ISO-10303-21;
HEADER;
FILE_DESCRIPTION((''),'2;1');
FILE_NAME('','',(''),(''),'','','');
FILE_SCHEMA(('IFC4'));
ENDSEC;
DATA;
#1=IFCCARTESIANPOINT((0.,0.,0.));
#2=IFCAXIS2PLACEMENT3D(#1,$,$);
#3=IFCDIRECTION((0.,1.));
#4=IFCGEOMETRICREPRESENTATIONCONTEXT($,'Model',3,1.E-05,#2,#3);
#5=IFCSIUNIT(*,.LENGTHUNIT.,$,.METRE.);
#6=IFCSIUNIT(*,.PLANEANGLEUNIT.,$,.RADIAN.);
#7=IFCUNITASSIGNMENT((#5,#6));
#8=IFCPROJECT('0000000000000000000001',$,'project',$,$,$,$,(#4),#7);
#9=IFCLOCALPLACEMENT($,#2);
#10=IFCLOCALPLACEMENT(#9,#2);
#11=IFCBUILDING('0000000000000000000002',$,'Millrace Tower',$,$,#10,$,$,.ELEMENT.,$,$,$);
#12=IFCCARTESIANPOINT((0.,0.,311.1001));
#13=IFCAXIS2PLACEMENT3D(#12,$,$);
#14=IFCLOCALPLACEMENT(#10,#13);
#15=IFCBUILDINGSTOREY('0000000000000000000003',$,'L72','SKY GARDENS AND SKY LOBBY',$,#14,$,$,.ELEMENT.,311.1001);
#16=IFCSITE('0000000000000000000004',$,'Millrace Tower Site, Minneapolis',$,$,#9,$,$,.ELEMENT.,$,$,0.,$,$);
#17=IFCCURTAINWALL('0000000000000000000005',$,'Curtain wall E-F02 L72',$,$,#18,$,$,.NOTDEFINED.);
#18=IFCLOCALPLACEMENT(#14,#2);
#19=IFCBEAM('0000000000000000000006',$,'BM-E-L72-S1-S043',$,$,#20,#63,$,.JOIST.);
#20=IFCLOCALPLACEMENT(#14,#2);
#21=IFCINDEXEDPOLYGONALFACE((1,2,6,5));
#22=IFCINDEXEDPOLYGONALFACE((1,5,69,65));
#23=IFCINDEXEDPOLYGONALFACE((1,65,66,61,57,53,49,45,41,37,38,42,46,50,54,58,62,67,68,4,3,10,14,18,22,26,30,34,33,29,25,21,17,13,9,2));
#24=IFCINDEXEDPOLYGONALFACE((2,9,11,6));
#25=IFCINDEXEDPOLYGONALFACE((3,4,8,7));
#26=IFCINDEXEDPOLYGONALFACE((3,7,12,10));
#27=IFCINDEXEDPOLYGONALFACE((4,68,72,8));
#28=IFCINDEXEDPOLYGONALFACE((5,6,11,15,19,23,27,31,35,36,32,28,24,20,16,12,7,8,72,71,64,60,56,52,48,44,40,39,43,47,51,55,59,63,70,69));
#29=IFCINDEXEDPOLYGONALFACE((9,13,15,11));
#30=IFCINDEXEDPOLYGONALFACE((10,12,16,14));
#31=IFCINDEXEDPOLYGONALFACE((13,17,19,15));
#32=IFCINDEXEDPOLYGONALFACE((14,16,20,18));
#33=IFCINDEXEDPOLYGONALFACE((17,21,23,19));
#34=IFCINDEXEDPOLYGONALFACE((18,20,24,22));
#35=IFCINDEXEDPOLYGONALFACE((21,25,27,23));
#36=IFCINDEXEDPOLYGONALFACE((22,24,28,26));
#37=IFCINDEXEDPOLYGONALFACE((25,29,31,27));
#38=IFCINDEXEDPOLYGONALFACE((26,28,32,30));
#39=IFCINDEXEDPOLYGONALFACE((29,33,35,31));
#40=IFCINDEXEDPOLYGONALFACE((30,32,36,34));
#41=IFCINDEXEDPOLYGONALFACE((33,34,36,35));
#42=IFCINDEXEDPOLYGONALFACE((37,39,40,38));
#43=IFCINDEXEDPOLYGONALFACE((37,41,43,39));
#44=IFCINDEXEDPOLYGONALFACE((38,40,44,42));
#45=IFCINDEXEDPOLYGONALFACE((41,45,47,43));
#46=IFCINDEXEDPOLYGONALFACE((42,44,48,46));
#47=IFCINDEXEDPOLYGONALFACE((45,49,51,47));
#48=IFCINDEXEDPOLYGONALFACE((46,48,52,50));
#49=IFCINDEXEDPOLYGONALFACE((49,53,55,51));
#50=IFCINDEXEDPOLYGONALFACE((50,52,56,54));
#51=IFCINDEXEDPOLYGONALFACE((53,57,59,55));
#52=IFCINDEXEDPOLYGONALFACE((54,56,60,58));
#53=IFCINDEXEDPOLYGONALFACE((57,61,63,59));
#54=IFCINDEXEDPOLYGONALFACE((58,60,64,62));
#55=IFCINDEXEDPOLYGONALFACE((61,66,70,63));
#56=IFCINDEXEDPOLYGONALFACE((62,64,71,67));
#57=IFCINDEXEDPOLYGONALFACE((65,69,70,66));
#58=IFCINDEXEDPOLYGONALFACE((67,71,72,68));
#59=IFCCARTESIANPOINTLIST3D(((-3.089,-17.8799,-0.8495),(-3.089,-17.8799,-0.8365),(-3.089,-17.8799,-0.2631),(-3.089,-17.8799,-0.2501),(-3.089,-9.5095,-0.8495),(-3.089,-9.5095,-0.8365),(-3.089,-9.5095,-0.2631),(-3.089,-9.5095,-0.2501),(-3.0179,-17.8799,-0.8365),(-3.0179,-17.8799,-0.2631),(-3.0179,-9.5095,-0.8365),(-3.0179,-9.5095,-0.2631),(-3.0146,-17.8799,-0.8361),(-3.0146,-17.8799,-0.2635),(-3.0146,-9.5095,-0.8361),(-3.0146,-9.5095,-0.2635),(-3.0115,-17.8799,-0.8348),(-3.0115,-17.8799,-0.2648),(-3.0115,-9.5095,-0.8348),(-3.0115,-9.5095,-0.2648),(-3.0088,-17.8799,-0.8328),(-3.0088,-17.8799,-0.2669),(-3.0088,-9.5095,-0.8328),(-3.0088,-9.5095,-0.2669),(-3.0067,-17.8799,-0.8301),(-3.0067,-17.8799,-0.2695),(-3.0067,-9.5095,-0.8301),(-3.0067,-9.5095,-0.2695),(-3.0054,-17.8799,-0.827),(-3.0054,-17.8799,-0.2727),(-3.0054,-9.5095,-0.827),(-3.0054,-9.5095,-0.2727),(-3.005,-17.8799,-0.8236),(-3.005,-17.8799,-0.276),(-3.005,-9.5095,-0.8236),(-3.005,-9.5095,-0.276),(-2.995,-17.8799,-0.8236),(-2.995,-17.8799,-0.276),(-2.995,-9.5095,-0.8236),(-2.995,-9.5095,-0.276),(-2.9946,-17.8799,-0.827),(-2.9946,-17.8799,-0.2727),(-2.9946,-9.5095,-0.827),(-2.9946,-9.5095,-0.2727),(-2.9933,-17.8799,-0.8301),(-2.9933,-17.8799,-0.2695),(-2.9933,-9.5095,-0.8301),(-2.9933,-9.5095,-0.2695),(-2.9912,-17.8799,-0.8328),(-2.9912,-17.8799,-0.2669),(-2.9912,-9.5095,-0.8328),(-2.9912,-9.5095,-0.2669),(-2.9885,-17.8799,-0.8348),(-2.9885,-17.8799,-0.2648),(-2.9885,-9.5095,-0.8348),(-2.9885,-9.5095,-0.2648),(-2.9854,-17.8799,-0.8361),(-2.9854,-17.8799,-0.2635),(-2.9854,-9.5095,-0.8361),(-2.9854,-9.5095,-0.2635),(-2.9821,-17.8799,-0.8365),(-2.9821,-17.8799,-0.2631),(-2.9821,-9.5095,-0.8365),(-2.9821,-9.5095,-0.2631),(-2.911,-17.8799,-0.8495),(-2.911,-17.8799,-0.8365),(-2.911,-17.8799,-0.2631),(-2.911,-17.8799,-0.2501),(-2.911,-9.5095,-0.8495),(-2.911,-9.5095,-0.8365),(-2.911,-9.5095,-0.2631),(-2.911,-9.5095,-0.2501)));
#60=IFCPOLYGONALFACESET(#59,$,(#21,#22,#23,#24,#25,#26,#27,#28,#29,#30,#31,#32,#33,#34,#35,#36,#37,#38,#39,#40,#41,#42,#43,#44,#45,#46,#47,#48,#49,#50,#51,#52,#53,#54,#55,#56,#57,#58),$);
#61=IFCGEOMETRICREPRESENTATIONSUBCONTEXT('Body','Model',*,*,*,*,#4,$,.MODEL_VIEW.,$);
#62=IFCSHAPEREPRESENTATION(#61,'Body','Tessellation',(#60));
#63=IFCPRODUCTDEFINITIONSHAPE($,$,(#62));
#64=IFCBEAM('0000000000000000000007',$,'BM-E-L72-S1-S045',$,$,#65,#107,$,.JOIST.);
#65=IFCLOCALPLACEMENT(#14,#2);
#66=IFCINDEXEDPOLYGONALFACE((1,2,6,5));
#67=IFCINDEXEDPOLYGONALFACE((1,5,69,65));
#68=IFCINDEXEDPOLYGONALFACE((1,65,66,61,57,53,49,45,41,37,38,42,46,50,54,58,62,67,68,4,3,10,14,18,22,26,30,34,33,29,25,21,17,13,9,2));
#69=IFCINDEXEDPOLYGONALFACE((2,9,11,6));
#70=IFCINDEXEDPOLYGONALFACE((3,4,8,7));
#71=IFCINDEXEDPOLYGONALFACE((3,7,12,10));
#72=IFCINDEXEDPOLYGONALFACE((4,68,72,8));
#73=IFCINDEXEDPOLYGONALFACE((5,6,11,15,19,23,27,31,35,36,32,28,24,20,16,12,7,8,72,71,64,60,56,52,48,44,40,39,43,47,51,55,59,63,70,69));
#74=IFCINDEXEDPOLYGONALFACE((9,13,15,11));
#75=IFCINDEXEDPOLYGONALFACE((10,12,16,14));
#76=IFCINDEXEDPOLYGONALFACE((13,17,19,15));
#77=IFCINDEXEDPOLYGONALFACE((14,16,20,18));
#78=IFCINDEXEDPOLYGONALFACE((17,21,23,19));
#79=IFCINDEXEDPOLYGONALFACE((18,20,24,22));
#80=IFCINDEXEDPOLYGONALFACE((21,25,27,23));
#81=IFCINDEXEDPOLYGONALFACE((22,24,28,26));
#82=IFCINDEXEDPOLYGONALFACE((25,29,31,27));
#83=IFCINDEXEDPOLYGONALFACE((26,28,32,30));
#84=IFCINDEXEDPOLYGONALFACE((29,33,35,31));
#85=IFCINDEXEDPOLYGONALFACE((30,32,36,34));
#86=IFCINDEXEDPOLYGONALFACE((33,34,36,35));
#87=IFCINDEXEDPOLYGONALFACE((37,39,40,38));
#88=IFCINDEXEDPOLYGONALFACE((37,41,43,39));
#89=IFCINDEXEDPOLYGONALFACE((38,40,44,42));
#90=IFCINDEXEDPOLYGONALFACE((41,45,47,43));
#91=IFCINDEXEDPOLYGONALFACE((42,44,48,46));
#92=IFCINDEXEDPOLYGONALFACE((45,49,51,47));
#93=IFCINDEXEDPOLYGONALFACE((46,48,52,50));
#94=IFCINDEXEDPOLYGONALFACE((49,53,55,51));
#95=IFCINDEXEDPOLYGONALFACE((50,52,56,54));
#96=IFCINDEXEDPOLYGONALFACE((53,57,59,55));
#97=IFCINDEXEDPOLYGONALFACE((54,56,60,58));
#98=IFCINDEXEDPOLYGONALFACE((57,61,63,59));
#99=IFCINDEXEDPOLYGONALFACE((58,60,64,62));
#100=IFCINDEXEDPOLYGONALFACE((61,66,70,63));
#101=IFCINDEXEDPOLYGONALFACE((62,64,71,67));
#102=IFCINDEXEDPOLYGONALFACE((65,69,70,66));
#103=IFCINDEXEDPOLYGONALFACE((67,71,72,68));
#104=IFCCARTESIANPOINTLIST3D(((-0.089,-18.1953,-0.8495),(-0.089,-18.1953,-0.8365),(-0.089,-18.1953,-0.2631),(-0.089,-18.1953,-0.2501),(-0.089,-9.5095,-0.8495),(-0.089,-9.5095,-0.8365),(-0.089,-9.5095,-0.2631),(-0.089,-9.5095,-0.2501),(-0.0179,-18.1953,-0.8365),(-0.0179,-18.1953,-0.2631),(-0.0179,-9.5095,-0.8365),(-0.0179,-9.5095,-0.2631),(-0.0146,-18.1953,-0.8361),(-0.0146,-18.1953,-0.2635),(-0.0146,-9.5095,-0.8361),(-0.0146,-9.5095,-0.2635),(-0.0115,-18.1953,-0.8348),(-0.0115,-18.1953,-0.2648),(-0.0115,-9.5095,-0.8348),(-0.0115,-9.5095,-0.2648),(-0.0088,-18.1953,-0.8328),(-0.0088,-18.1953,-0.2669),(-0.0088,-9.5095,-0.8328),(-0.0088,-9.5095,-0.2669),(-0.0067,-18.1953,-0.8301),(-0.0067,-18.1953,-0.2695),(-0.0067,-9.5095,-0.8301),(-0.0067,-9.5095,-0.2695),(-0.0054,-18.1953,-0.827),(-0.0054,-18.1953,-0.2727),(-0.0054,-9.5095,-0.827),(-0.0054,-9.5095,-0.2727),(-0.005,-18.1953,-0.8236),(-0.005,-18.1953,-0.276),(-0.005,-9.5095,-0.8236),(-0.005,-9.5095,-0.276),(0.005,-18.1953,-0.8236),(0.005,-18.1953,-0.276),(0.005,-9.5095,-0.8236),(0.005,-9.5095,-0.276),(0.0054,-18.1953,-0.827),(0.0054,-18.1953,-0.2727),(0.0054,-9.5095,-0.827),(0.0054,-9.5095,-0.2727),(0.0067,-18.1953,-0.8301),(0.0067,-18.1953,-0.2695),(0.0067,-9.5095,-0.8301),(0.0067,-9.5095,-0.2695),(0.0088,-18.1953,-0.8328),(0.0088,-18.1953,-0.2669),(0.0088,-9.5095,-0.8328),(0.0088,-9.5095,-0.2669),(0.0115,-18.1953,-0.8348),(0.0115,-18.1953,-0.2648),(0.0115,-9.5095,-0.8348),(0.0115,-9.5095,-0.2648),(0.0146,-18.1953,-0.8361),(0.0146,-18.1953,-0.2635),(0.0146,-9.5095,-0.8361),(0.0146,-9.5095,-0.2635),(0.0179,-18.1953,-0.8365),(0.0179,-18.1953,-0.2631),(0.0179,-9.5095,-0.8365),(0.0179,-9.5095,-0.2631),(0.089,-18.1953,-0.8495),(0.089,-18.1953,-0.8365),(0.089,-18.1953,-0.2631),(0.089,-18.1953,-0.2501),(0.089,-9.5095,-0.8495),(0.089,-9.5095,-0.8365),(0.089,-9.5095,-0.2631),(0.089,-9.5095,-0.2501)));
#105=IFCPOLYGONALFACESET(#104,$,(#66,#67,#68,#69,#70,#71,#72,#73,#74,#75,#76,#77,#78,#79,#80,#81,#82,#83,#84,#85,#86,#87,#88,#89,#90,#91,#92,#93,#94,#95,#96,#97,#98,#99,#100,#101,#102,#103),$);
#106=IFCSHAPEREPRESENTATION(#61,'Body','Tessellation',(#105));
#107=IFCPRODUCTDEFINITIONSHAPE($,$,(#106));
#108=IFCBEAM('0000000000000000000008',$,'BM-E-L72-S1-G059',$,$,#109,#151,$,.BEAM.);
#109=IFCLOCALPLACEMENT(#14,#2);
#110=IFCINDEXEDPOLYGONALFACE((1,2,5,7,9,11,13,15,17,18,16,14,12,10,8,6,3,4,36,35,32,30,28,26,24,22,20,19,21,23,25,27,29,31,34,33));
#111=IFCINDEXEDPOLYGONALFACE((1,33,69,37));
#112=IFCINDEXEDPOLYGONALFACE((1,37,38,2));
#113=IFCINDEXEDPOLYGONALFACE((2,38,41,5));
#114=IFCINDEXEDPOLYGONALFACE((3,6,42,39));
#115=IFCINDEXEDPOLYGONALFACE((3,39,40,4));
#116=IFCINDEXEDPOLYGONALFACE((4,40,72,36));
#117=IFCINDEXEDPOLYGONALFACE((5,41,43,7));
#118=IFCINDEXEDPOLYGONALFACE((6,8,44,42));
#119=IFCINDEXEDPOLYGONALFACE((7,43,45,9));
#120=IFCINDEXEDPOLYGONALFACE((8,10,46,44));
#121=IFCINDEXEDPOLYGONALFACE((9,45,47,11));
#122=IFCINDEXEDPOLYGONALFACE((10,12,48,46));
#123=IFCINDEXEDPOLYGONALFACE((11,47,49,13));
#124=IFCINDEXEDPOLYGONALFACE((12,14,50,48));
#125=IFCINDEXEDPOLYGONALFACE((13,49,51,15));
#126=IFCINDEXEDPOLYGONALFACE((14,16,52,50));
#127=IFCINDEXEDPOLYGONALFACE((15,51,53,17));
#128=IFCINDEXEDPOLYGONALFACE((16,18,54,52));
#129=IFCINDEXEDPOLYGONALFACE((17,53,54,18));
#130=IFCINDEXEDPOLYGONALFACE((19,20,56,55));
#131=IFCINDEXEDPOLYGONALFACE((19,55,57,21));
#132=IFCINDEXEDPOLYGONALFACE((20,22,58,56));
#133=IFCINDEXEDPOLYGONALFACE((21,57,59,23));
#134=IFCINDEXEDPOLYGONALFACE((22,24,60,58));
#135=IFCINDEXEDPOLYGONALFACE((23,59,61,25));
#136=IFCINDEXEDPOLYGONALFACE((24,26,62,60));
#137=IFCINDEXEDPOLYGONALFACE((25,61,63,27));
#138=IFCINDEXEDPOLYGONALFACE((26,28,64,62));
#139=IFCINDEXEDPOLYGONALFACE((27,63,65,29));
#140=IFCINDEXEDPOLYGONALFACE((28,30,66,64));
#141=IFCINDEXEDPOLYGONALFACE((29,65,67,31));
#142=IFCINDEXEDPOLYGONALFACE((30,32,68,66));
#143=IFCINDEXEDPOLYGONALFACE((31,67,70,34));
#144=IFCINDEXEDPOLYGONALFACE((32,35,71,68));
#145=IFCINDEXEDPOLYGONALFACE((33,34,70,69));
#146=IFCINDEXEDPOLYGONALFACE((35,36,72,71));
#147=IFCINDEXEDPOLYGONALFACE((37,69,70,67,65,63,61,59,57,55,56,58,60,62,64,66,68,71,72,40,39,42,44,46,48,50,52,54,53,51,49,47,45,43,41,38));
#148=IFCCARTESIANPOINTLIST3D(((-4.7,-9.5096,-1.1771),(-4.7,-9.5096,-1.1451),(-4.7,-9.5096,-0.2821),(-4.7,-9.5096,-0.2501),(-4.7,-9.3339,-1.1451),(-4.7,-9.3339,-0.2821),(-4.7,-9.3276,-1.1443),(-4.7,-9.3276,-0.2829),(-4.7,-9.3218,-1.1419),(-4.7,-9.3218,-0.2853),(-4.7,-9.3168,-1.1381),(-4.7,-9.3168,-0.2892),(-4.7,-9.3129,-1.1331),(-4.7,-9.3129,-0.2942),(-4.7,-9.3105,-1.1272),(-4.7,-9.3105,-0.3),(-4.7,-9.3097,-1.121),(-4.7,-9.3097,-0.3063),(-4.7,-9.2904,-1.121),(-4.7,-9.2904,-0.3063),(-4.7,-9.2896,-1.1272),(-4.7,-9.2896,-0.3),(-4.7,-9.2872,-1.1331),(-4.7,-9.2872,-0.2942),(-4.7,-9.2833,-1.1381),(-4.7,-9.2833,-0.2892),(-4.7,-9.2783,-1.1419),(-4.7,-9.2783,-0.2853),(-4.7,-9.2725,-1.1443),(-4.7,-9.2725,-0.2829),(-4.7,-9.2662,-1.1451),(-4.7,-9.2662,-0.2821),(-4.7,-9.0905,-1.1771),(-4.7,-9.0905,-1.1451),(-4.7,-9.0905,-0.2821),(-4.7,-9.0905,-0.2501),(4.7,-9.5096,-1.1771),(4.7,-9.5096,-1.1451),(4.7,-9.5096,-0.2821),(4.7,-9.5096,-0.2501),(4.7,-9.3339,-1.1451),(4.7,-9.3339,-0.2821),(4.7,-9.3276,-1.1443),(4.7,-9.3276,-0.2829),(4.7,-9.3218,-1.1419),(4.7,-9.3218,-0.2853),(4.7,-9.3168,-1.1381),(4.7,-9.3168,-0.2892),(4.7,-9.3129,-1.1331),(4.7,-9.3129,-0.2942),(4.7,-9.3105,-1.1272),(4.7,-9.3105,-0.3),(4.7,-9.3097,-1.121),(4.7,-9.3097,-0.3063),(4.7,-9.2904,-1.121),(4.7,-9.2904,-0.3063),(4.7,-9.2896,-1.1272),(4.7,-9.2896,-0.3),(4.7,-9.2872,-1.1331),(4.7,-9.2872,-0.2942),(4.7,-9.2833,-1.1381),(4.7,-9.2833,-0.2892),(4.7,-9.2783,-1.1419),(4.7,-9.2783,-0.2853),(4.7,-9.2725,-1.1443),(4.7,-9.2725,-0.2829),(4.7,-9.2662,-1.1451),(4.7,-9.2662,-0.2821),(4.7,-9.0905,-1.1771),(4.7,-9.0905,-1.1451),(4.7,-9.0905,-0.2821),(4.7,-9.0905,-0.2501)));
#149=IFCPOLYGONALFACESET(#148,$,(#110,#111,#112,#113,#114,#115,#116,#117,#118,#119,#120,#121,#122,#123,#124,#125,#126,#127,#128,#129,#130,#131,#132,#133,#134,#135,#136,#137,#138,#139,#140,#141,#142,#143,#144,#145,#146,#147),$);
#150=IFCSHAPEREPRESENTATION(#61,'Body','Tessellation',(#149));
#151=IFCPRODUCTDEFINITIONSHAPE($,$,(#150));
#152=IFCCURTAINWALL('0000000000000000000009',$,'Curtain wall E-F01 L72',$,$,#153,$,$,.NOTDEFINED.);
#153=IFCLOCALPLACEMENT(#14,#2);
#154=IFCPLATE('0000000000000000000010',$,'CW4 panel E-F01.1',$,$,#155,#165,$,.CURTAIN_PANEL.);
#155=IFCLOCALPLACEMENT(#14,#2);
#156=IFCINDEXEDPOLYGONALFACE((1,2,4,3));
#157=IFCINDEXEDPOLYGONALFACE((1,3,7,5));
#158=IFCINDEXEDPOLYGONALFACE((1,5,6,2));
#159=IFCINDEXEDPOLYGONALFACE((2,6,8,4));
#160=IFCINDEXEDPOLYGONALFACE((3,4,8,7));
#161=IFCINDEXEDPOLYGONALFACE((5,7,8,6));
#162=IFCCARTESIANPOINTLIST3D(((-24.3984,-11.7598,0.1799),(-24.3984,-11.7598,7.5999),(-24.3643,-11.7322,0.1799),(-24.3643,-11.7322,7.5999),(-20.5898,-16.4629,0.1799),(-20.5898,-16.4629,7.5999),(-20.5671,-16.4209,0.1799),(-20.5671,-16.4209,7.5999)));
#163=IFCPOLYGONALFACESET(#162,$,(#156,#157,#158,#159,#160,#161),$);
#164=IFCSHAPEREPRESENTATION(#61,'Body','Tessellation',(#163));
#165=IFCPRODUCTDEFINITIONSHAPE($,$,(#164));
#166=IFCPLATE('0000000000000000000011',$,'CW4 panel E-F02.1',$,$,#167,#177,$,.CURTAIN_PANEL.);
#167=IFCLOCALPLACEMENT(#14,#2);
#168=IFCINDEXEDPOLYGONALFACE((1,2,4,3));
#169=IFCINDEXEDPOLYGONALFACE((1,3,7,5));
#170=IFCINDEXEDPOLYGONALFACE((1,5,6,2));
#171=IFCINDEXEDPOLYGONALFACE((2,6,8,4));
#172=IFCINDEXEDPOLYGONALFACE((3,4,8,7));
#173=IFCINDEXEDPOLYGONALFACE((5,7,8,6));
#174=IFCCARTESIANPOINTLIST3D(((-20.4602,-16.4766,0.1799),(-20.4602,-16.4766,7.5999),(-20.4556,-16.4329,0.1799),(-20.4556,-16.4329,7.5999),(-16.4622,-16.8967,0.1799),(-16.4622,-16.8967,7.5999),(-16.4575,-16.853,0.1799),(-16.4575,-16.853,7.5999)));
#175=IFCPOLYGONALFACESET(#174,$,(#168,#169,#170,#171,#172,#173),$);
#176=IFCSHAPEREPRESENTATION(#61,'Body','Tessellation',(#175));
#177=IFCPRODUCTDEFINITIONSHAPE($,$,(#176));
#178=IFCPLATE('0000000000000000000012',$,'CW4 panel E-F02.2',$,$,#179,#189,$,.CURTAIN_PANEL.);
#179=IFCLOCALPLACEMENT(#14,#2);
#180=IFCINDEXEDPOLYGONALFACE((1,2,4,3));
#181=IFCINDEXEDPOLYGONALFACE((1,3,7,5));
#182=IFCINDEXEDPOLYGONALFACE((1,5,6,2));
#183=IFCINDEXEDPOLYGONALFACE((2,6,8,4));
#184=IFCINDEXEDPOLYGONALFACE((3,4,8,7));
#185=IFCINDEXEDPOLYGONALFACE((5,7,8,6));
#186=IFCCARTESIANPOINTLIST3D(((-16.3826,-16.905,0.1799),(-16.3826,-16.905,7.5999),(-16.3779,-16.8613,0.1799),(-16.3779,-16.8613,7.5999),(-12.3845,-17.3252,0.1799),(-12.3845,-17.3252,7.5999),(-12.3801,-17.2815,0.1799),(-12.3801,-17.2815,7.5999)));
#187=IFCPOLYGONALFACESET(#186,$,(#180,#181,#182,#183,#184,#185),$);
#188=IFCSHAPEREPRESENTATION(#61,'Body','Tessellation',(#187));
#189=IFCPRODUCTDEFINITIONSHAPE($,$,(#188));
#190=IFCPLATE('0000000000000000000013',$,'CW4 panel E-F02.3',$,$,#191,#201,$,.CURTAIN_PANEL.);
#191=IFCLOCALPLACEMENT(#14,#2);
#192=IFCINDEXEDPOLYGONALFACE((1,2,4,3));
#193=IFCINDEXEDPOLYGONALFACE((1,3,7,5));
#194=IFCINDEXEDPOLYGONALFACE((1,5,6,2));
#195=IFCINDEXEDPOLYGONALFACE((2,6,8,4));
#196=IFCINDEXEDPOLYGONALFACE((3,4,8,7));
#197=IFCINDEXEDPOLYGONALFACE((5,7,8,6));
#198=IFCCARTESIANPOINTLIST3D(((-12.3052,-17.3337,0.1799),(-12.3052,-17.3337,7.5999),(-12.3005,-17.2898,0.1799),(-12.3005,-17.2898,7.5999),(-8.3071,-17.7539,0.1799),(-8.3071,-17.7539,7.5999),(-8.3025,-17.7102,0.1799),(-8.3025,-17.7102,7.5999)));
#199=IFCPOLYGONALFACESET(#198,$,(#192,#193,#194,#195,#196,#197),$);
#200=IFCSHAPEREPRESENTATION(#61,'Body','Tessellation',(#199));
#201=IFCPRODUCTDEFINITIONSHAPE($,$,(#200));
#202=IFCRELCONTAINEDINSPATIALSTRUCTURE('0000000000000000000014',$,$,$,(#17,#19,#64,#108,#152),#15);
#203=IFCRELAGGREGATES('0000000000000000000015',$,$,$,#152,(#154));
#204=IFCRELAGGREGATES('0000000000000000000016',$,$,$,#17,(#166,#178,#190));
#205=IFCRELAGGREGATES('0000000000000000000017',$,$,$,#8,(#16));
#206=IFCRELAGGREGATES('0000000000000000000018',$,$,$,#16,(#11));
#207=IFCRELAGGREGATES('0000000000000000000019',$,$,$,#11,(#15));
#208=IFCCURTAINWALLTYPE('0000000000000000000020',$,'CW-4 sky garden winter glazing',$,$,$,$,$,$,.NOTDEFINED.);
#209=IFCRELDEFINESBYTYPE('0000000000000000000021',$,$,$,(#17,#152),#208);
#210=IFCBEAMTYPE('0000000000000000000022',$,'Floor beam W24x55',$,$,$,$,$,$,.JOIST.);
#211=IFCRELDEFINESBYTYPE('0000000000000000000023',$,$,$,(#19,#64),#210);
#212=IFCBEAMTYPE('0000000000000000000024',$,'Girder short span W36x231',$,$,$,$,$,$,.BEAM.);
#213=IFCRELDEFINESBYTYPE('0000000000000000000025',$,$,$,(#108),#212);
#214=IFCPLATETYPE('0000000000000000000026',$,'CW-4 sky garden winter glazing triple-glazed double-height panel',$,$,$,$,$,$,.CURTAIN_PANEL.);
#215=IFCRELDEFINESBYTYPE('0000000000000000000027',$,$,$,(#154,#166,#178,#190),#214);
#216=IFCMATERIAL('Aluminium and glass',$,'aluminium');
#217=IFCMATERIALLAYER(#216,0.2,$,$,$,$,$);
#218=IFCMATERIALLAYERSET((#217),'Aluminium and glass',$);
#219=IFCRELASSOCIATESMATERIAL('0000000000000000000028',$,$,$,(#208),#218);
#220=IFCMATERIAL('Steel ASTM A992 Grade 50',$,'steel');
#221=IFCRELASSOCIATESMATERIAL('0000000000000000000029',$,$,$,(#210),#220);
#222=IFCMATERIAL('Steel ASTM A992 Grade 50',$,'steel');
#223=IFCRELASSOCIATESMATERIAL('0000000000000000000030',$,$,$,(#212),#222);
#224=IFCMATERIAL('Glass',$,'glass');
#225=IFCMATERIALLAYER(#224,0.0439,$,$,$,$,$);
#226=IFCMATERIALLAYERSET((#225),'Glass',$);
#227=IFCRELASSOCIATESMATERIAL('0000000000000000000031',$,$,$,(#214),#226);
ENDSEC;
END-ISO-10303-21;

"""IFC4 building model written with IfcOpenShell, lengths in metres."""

from ifc_helpers import new_model, si_unit, direction, frame, origin, origin_2d, place, context, subcontext, project, spatial, polyline, i_section, outline, extrude, material, layer, layer_set, material_profile, profile_set, type_object, element, aggregate, save


model = new_model("IFC4")

# Units and contexts
model_context = context("Model", 3, precision=1e-05, world=origin(), true_north=direction((0.0, 1.0)))
body_context = subcontext(model_context, "Body", "Model", "MODEL_VIEW")
ifc_project = project(units=[si_unit("LENGTHUNIT", "METRE"), si_unit("PLANEANGLEUNIT", "RADIAN")], contexts=[model_context])

# Site, building, storey
site_placement = place(None, origin())
site = spatial("IfcSite", under=ifc_project, at=site_placement, Name="Millrace Tower Site, Minneapolis", CompositionType="ELEMENT", RefElevation=0.0)
building_placement = place(site_placement, origin())
building = spatial("IfcBuilding", under=site, at=building_placement, Name="Millrace Tower", CompositionType="ELEMENT")
storey_placement = place(building_placement, frame((0.0, 0.0, 311.1001)))
storey = spatial("IfcBuildingStorey", under=building, at=storey_placement, Name="L72", Description="SKY GARDENS AND SKY LOBBY", CompositionType="ELEMENT", Elevation=311.1001)

# Curtain wall
ifc_material_1 = material(Name="Aluminium and glass", Category="aluminium")
ifc_layer_1 = layer(ifc_material_1, 0.2)
ifc_layer_set_1 = layer_set([ifc_layer_1], Name="Aluminium and glass")
curtain_wall_type = type_object("IfcCurtainWallType", Name="CW-4 sky garden winter glazing", PredefinedType="NOTDEFINED", material=ifc_layer_set_1)
placement_1 = place(storey_placement, origin())
curtain_wall_1 = element("IfcCurtainWall", 1, at=placement_1, inside=storey, type_object=curtain_wall_type, Name="Curtain wall E-F02 L72", PredefinedType="NOTDEFINED")

# Beams
ifc_material_2 = material(Name="Steel ASTM A992 Grade 50", Category="steel")
ifc_material_profile_1 = material_profile(ifc_material_2, i_section(OverallWidth=0.178, OverallDepth=0.5994, WebThickness=0.01, FlangeThickness=0.0129, FilletRadius=0.0129, at=origin_2d()))
ifc_profile_set_1 = profile_set([ifc_material_profile_1], Name="Steel ASTM A992 Grade 50")
beam_type_1 = type_object("IfcBeamType", Name="Floor beam W24x55", PredefinedType="JOIST", material=ifc_profile_set_1)
beam_1_placement = place(storey_placement, frame((-3.0, -17.8799, -0.5498), z_axis=(0.0, 1.0, 0.0), x_axis=(-1.0, 0.0, 0.0)))
element("IfcBeam", 2, at=beam_1_placement, inside=storey, type_object=beam_type_1, Name="BM-E-L72-S1-S043", PredefinedType="JOIST", context=body_context, shape_type="SweptSolid", body=[
    extrude(i_section(OverallWidth=0.178, OverallDepth=0.5994, WebThickness=0.01, FlangeThickness=0.0129, FilletRadius=0.0129, at=origin_2d()), origin(), (0.0, 0.0, 1.0), 8.3704),
])
beam_2_placement = place(storey_placement, frame((0.0, -18.1953, -0.5498), z_axis=(0.0, 1.0, 0.0), x_axis=(-1.0, 0.0, 0.0)))
element("IfcBeam", 3, at=beam_2_placement, inside=storey, type_object=beam_type_1, Name="BM-E-L72-S1-S045", PredefinedType="JOIST", context=body_context, shape_type="SweptSolid", body=[
    extrude(i_section(OverallWidth=0.178, OverallDepth=0.5994, WebThickness=0.01, FlangeThickness=0.0129, FilletRadius=0.0129, at=origin_2d()), origin(), (0.0, 0.0, 1.0), 8.6858),
])
ifc_material_3 = material(Name="Steel ASTM A992 Grade 50", Category="steel")
ifc_material_profile_2 = material_profile(ifc_material_3, i_section(OverallWidth=0.4192, OverallDepth=0.927, WebThickness=0.0193, FlangeThickness=0.032, FilletRadius=0.0242, at=origin_2d()))
ifc_profile_set_2 = profile_set([ifc_material_profile_2], Name="Steel ASTM A992 Grade 50")
beam_type_2 = type_object("IfcBeamType", Name="Girder short span W36x231", PredefinedType="BEAM", material=ifc_profile_set_2)
beam_3_placement = place(storey_placement, frame((-4.7, -9.3, -0.7136), z_axis=(1.0, 0.0, 0.0), x_axis=(0.0, 1.0, 0.0)))
element("IfcBeam", 4, at=beam_3_placement, inside=storey, type_object=beam_type_2, Name="BM-E-L72-S1-G059", PredefinedType="BEAM", context=body_context, shape_type="SweptSolid", body=[
    extrude(i_section(OverallWidth=0.4192, OverallDepth=0.927, WebThickness=0.0193, FlangeThickness=0.032, FilletRadius=0.0242, at=origin_2d()), origin(), (0.0, 0.0, 1.0), 9.3999),
])

# Curtain wall, plate
curtain_wall_2 = element("IfcCurtainWall", 5, at=placement_1, inside=storey, type_object=curtain_wall_type, Name="Curtain wall E-F01 L72", PredefinedType="NOTDEFINED")
ifc_material_4 = material(Name="Glass", Category="glass")
ifc_layer_2 = layer(ifc_material_4, 0.0439)
ifc_layer_set_2 = layer_set([ifc_layer_2], Name="Glass")
plate_type = type_object("IfcPlateType", Name="CW-4 sky garden winter glazing triple-glazed double-height panel", PredefinedType="CURTAIN_PANEL", material=ifc_layer_set_2)
placement_2 = place(storey_placement, frame((0.0, 0.0, 0.1799)))
plate_1 = element("IfcPlate", 6, at=placement_2, type_object=plate_type, Name="CW4 panel E-F01.1", PredefinedType="CURTAIN_PANEL", context=body_context, shape_type="SweptSolid", body=[
    extrude(outline(polyline([(-24.3984, -11.7598), (-20.5898, -16.4629), (-20.5671, -16.4209), (-24.3643, -11.7322), (-24.3984, -11.7598)])), origin(), (0.0, 0.0, 1.0), 7.4199),
])
aggregate(curtain_wall_2, [plate_1])

# Plates
plate_2 = element("IfcPlate", 7, at=placement_2, type_object=plate_type, Name="CW4 panel E-F02.1", PredefinedType="CURTAIN_PANEL", context=body_context, shape_type="SweptSolid", body=[
    extrude(outline(polyline([(-20.4602, -16.4766), (-16.4622, -16.8967), (-16.4575, -16.853), (-20.4556, -16.4329), (-20.4602, -16.4766)])), origin(), (0.0, 0.0, 1.0), 7.4199),
])
plate_3 = element("IfcPlate", 8, at=placement_2, type_object=plate_type, Name="CW4 panel E-F02.2", PredefinedType="CURTAIN_PANEL", context=body_context, shape_type="SweptSolid", body=[
    extrude(outline(polyline([(-16.3826, -16.905), (-12.3845, -17.3252), (-12.3801, -17.2815), (-16.3779, -16.8613), (-16.3826, -16.905)])), origin(), (0.0, 0.0, 1.0), 7.4199),
])
plate_4 = element("IfcPlate", 9, at=placement_2, type_object=plate_type, Name="CW4 panel E-F02.3", PredefinedType="CURTAIN_PANEL", context=body_context, shape_type="SweptSolid", body=[
    extrude(outline(polyline([(-12.3052, -17.3337), (-8.3071, -17.7539), (-8.3025, -17.7102), (-12.3005, -17.2898), (-12.3052, -17.3337)])), origin(), (0.0, 0.0, 1.0), 7.4199),
])
aggregate(curtain_wall_1, [plate_2, plate_3, plate_4])

save(model, "model.ifc")
